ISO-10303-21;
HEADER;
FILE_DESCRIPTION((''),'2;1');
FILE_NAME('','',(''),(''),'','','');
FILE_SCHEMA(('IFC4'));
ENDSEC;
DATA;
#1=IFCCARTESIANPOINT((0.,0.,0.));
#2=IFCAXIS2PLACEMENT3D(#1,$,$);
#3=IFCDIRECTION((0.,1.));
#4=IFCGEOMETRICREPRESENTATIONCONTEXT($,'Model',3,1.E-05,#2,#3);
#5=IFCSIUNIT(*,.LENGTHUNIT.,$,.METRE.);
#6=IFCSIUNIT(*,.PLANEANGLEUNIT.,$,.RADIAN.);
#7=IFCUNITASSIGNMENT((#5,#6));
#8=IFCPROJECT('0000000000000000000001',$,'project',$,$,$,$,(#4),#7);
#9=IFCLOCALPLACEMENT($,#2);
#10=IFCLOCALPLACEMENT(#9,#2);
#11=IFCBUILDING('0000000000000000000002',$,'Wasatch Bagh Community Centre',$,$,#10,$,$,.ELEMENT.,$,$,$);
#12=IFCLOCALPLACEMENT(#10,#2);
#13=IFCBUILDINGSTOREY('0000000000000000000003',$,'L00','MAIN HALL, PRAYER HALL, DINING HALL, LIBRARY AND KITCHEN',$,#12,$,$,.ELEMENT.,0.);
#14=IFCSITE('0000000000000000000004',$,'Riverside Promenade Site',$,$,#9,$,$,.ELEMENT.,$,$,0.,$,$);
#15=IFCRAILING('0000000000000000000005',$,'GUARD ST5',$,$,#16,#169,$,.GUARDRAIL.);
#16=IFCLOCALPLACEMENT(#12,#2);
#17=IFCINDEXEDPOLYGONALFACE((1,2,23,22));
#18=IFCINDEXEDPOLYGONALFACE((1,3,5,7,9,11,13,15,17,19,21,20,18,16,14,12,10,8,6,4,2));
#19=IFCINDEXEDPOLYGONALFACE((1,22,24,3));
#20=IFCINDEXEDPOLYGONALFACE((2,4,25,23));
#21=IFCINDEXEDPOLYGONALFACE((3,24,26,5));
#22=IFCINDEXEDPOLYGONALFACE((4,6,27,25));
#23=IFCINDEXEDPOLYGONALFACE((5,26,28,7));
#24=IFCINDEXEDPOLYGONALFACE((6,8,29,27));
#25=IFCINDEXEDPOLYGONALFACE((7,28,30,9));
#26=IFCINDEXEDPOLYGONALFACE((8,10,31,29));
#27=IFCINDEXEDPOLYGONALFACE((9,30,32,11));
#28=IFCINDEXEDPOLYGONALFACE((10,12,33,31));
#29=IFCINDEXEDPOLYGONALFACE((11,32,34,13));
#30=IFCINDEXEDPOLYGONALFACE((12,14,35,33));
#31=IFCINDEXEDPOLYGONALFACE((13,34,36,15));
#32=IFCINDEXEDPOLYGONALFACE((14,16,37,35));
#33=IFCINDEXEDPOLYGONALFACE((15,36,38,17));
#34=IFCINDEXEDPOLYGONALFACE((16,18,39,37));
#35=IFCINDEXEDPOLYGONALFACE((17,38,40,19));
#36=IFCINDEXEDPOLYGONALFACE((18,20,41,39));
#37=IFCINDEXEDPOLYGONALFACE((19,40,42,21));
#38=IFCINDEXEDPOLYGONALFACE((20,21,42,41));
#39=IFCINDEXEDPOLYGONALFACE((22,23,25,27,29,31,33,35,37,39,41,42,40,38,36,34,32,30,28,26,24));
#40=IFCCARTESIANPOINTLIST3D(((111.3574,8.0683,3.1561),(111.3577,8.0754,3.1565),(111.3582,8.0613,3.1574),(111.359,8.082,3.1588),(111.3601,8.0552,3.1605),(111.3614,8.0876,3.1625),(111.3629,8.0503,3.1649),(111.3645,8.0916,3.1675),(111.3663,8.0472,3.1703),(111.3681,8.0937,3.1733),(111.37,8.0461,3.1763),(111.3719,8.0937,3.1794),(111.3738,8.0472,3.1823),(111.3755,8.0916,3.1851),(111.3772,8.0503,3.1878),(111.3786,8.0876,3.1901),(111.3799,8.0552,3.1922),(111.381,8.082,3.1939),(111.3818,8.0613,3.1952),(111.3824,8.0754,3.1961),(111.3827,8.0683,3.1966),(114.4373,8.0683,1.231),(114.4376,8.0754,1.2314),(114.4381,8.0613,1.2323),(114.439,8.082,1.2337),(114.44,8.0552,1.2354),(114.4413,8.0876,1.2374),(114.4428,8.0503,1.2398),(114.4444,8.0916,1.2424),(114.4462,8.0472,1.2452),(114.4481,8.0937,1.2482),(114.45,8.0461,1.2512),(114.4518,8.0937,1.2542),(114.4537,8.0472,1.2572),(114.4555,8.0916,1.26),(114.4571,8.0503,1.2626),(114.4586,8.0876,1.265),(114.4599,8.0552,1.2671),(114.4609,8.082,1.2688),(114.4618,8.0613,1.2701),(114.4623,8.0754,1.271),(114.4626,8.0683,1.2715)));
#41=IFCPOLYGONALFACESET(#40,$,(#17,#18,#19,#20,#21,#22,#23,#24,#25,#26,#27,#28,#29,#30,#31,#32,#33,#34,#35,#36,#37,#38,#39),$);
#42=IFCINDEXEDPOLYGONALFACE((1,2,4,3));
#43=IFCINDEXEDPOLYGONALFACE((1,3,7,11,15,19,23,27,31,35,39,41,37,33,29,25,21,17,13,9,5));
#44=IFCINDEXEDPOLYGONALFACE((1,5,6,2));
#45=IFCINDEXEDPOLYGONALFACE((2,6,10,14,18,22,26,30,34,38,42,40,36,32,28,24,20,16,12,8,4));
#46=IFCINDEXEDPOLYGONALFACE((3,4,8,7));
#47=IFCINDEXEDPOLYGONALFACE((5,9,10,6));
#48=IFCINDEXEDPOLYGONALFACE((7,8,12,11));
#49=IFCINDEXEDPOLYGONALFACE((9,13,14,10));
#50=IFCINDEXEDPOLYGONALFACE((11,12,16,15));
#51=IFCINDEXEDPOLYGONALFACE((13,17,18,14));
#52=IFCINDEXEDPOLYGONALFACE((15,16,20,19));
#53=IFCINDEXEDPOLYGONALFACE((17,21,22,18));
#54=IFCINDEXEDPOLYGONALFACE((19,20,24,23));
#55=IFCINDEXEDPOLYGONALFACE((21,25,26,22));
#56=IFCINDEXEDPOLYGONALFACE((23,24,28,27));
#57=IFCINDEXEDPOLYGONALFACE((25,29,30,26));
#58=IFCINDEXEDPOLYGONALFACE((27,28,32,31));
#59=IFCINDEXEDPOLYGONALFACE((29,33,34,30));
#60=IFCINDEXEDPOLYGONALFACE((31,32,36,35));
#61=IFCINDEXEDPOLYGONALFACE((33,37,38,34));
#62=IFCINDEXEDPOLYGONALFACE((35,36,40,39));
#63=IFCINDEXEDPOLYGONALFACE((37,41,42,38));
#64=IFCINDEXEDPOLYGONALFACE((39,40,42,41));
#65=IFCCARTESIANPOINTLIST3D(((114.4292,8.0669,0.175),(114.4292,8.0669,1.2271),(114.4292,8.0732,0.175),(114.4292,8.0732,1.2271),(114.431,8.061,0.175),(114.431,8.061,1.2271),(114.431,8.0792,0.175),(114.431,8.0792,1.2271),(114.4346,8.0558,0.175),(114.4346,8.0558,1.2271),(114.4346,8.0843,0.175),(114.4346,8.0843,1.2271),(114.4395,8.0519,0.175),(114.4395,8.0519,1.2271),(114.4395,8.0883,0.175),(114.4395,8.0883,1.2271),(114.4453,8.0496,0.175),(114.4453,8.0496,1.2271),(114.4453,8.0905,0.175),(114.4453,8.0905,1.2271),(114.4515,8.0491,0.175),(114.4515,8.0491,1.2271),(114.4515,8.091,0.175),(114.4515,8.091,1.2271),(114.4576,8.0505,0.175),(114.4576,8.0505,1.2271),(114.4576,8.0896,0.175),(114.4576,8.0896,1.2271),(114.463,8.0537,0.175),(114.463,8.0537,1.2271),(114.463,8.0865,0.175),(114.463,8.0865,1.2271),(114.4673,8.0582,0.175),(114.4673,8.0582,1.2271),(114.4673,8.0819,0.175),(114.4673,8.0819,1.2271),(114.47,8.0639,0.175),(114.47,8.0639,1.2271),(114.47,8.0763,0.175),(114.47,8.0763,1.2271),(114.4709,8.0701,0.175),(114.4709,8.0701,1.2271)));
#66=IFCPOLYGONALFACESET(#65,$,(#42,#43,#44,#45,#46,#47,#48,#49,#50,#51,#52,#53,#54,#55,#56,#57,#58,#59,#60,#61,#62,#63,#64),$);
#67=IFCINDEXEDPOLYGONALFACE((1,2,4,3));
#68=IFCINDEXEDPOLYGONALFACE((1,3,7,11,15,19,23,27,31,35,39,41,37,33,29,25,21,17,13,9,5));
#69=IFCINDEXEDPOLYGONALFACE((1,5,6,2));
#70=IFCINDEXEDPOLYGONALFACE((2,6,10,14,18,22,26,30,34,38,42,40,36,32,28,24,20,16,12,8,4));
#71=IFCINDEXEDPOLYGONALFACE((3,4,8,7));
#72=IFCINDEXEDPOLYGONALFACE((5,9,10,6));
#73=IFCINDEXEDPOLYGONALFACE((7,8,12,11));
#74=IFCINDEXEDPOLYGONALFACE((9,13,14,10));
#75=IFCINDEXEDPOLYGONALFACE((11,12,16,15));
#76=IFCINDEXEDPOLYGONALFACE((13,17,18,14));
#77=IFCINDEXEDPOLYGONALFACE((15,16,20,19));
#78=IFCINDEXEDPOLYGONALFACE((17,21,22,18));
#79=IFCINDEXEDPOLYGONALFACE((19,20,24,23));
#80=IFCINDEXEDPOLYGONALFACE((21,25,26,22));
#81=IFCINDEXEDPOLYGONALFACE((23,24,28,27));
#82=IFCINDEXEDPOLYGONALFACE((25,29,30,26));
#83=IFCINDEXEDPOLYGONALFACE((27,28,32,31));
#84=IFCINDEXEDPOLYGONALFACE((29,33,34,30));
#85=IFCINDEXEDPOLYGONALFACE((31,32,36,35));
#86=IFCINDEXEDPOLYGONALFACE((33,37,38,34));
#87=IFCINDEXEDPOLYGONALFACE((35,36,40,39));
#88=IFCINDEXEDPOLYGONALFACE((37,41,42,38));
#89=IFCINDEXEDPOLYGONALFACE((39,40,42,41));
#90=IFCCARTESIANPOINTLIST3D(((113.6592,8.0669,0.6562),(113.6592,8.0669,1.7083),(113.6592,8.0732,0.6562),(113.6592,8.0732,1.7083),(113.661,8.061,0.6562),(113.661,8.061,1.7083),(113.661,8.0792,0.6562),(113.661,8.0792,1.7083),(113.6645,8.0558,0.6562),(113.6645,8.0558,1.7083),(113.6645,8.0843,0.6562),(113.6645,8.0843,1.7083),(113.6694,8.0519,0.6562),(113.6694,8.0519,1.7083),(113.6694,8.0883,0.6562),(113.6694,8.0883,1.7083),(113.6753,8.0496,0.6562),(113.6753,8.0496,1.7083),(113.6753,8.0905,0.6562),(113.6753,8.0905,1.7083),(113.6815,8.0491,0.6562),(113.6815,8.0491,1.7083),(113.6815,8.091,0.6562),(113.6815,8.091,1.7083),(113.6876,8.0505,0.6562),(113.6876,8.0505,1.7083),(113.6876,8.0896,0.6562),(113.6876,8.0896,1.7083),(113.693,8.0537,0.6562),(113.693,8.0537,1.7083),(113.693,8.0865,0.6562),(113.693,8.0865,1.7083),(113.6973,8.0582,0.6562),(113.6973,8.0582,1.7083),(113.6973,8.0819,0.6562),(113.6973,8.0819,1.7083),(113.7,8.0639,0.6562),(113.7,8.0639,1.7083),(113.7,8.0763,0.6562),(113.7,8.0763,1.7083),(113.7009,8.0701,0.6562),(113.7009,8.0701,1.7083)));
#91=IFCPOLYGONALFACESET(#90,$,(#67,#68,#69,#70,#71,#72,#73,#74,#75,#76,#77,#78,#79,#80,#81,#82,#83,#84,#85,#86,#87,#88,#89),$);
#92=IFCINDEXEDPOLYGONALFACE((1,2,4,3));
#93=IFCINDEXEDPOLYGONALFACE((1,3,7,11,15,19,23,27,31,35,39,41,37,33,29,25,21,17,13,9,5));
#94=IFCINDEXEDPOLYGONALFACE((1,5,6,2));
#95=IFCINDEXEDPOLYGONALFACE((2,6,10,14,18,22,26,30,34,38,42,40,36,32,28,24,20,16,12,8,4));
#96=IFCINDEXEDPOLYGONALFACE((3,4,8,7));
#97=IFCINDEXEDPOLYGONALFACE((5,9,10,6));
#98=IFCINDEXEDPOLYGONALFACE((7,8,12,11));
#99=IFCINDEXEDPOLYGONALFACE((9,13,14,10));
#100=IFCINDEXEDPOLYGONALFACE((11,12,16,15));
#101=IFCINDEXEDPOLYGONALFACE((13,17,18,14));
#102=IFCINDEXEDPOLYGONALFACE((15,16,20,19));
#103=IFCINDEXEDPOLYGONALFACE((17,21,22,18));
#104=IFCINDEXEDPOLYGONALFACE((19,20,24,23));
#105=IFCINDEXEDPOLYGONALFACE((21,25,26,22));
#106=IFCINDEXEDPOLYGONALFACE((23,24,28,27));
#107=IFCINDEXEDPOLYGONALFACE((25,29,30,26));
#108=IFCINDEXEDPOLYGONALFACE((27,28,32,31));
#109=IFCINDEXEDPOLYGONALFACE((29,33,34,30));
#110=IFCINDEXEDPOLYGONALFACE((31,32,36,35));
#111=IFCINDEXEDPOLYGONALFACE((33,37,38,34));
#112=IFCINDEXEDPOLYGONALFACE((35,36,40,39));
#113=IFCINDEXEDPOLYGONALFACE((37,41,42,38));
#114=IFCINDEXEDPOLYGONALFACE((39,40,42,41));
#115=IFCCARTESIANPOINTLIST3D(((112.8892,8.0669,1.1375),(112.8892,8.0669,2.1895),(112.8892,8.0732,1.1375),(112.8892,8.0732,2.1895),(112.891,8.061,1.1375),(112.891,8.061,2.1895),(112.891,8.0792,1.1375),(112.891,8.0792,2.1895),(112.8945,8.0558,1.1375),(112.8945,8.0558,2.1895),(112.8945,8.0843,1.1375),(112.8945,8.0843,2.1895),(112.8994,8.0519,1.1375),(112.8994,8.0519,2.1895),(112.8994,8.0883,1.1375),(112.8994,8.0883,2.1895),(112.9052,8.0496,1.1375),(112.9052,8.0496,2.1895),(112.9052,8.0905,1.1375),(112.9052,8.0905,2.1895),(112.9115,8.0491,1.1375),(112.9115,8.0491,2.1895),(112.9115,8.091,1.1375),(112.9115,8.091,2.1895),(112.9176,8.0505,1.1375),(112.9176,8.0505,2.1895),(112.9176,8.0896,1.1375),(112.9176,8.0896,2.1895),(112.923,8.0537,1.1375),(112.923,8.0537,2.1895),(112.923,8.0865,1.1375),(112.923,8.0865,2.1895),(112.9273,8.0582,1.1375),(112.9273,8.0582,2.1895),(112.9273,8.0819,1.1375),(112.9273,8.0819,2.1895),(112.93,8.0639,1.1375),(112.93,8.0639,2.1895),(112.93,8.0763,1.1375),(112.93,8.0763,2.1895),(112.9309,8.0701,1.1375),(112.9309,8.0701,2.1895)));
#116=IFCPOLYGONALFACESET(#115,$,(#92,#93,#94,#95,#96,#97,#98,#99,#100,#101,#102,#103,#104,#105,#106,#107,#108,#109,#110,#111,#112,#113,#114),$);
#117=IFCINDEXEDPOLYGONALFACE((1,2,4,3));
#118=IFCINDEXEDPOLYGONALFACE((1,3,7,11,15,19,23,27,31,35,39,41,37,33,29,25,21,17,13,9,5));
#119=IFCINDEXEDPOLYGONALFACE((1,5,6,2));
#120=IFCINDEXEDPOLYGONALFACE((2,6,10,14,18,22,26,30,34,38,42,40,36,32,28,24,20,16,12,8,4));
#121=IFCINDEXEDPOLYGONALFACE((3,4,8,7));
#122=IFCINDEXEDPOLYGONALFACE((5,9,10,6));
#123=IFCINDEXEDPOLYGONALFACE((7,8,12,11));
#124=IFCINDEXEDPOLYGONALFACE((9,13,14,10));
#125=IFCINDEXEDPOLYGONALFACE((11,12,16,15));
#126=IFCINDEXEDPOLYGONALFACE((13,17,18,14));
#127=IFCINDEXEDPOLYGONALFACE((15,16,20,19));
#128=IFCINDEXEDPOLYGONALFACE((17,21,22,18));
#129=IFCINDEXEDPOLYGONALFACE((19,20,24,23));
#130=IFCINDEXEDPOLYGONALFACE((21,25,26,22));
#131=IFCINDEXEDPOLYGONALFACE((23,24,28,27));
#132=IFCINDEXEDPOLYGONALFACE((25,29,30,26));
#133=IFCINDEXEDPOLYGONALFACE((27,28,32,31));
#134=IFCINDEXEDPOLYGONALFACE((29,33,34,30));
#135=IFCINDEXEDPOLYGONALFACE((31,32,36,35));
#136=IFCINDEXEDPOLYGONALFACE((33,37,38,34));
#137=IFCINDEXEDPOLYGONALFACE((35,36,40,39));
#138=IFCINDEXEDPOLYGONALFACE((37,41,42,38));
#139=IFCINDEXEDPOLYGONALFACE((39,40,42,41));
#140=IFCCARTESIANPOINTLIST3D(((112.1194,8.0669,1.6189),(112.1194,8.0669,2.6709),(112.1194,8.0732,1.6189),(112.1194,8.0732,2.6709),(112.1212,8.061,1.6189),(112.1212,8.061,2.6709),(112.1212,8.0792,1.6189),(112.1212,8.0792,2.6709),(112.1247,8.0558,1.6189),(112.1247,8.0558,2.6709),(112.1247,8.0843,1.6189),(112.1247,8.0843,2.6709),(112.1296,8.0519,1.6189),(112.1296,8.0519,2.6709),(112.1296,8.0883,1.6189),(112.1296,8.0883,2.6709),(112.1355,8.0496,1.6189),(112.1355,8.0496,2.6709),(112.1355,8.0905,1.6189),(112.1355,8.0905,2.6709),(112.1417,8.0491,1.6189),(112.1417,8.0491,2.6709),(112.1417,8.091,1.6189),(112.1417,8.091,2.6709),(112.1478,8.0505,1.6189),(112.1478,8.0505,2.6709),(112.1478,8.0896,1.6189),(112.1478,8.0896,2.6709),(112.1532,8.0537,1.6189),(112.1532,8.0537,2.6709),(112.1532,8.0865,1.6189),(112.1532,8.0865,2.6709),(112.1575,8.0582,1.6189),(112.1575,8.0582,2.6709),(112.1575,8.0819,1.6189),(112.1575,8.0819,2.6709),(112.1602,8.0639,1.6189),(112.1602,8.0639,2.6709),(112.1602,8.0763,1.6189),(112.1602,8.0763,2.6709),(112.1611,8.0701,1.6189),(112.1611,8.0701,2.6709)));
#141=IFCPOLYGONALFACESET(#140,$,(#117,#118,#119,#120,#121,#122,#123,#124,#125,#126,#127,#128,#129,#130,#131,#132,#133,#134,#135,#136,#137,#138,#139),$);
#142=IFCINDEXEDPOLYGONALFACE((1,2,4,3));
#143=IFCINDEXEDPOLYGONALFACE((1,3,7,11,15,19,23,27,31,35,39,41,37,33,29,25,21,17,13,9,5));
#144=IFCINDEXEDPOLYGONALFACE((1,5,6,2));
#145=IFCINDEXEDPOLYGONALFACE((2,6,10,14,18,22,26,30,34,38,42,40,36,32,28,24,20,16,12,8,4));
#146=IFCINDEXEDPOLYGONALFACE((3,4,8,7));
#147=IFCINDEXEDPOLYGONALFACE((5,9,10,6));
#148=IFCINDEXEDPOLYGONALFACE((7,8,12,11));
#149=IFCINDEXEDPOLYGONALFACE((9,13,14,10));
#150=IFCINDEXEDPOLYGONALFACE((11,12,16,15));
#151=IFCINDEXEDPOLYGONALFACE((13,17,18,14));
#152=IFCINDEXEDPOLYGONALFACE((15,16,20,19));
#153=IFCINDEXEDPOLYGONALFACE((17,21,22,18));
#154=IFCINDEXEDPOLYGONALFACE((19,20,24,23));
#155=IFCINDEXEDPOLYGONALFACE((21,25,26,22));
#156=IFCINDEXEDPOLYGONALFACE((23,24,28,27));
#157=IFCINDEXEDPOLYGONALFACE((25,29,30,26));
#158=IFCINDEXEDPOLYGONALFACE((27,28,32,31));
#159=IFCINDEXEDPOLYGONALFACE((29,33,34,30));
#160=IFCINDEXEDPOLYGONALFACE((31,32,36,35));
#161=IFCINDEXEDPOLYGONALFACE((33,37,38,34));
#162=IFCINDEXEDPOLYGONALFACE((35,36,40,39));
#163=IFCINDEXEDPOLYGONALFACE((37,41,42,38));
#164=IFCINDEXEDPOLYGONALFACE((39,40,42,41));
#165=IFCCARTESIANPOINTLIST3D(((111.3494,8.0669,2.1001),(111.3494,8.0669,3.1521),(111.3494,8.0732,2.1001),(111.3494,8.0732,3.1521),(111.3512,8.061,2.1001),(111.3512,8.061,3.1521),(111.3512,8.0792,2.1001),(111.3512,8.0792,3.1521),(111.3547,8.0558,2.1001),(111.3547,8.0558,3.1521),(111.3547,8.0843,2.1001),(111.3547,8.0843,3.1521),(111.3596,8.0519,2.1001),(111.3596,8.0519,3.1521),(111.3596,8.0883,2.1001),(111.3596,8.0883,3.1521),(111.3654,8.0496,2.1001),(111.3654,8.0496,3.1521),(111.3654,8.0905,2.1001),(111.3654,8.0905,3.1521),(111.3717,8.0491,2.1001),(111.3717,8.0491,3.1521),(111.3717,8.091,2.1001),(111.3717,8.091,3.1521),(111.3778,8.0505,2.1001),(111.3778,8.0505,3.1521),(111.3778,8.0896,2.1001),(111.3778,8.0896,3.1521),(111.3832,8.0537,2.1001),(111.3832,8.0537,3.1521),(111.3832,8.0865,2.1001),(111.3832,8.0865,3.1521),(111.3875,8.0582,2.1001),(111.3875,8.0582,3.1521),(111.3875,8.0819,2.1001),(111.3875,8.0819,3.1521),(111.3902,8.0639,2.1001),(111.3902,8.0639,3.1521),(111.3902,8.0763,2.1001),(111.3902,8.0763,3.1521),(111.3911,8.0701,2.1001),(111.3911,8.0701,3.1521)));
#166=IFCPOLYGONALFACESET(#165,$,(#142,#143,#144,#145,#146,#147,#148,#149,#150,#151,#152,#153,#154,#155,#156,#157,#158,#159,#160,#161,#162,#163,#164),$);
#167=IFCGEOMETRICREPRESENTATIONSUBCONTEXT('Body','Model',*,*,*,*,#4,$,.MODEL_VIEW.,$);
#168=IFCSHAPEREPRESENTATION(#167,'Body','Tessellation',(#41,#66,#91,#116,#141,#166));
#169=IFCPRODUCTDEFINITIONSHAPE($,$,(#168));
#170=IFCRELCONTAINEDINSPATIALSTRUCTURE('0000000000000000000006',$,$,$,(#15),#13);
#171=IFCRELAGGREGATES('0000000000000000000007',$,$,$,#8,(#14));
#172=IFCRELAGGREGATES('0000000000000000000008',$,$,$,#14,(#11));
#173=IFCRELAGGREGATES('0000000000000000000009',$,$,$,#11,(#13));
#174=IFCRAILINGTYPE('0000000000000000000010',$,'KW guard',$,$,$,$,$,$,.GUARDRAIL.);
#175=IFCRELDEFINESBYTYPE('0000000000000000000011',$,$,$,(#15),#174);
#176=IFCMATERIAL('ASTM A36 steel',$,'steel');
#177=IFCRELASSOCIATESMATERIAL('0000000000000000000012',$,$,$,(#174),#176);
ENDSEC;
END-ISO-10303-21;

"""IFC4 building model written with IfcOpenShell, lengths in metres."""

from ifc_helpers import new_model, si_unit, direction, frame, origin, origin_2d, place, context, subcontext, project, spatial, circle, extrude, material, type_object, element, save


model = new_model("IFC4")

# Units and contexts
model_context = context("Model", 3, precision=1e-05, world=origin(), true_north=direction((0.0, 1.0)))
body_context = subcontext(model_context, "Body", "Model", "MODEL_VIEW")
ifc_project = project(units=[si_unit("LENGTHUNIT", "METRE"), si_unit("PLANEANGLEUNIT", "RADIAN")], contexts=[model_context])

# Site, building, storey
site_placement = place(None, origin())
site = spatial("IfcSite", under=ifc_project, at=site_placement, Name="Riverside Promenade Site", CompositionType="ELEMENT", RefElevation=0.0)
building_placement = place(site_placement, origin())
building = spatial("IfcBuilding", under=site, at=building_placement, Name="Wasatch Bagh Community Centre", CompositionType="ELEMENT")
storey_placement = place(building_placement, origin())
storey = spatial("IfcBuildingStorey", under=building, at=storey_placement, Name="L00", Description="MAIN HALL, PRAYER HALL, DINING HALL, LIBRARY AND KITCHEN", CompositionType="ELEMENT", Elevation=0.0)

# Railing
ifc_material_1 = material(Name="ASTM A36 steel", Category="steel")
railing_type_1 = type_object("IfcRailingType", Name="KW guard", PredefinedType="GUARDRAIL", material=ifc_material_1)
for number, where, name in (
    (1, (114.45, 8.0701, 0.175), "GUARD ST5"),
):
    element("IfcRailing", number, at=place(storey_placement, frame(where)), inside=storey, type_object=railing_type_1, Name=name, PredefinedType="GUARDRAIL", context=body_context, shape_type="SweptSolid", body=[
        extrude(circle(Radius=0.0239, at=origin_2d()), frame((0.0, 0.0, 1.0762), z_axis=(-0.847979, 0.0, 0.530029), x_axis=(0.0, -1.0, 0.0)), (0.0, 0.0, 1.0), 3.6321),
        extrude(circle(Radius=0.021, at=origin_2d()), origin(), (0.0, 0.0, 1.0), 1.052),
        extrude(circle(Radius=0.021, at=origin_2d()), frame((-0.77, 0.0, 0.4812)), (0.0, 0.0, 1.0), 1.052),
        extrude(circle(Radius=0.021, at=origin_2d()), frame((-1.54, 0.0, 0.9624)), (0.0, 0.0, 1.0), 1.052),
        extrude(circle(Radius=0.021, at=origin_2d()), frame((-2.3098, 0.0, 1.4438)), (0.0, 0.0, 1.0), 1.052),
        extrude(circle(Radius=0.021, at=origin_2d()), frame((-3.0798, 0.0, 1.925)), (0.0, 0.0, 1.0), 1.052),
    ])

save(model, "model.ifc")
